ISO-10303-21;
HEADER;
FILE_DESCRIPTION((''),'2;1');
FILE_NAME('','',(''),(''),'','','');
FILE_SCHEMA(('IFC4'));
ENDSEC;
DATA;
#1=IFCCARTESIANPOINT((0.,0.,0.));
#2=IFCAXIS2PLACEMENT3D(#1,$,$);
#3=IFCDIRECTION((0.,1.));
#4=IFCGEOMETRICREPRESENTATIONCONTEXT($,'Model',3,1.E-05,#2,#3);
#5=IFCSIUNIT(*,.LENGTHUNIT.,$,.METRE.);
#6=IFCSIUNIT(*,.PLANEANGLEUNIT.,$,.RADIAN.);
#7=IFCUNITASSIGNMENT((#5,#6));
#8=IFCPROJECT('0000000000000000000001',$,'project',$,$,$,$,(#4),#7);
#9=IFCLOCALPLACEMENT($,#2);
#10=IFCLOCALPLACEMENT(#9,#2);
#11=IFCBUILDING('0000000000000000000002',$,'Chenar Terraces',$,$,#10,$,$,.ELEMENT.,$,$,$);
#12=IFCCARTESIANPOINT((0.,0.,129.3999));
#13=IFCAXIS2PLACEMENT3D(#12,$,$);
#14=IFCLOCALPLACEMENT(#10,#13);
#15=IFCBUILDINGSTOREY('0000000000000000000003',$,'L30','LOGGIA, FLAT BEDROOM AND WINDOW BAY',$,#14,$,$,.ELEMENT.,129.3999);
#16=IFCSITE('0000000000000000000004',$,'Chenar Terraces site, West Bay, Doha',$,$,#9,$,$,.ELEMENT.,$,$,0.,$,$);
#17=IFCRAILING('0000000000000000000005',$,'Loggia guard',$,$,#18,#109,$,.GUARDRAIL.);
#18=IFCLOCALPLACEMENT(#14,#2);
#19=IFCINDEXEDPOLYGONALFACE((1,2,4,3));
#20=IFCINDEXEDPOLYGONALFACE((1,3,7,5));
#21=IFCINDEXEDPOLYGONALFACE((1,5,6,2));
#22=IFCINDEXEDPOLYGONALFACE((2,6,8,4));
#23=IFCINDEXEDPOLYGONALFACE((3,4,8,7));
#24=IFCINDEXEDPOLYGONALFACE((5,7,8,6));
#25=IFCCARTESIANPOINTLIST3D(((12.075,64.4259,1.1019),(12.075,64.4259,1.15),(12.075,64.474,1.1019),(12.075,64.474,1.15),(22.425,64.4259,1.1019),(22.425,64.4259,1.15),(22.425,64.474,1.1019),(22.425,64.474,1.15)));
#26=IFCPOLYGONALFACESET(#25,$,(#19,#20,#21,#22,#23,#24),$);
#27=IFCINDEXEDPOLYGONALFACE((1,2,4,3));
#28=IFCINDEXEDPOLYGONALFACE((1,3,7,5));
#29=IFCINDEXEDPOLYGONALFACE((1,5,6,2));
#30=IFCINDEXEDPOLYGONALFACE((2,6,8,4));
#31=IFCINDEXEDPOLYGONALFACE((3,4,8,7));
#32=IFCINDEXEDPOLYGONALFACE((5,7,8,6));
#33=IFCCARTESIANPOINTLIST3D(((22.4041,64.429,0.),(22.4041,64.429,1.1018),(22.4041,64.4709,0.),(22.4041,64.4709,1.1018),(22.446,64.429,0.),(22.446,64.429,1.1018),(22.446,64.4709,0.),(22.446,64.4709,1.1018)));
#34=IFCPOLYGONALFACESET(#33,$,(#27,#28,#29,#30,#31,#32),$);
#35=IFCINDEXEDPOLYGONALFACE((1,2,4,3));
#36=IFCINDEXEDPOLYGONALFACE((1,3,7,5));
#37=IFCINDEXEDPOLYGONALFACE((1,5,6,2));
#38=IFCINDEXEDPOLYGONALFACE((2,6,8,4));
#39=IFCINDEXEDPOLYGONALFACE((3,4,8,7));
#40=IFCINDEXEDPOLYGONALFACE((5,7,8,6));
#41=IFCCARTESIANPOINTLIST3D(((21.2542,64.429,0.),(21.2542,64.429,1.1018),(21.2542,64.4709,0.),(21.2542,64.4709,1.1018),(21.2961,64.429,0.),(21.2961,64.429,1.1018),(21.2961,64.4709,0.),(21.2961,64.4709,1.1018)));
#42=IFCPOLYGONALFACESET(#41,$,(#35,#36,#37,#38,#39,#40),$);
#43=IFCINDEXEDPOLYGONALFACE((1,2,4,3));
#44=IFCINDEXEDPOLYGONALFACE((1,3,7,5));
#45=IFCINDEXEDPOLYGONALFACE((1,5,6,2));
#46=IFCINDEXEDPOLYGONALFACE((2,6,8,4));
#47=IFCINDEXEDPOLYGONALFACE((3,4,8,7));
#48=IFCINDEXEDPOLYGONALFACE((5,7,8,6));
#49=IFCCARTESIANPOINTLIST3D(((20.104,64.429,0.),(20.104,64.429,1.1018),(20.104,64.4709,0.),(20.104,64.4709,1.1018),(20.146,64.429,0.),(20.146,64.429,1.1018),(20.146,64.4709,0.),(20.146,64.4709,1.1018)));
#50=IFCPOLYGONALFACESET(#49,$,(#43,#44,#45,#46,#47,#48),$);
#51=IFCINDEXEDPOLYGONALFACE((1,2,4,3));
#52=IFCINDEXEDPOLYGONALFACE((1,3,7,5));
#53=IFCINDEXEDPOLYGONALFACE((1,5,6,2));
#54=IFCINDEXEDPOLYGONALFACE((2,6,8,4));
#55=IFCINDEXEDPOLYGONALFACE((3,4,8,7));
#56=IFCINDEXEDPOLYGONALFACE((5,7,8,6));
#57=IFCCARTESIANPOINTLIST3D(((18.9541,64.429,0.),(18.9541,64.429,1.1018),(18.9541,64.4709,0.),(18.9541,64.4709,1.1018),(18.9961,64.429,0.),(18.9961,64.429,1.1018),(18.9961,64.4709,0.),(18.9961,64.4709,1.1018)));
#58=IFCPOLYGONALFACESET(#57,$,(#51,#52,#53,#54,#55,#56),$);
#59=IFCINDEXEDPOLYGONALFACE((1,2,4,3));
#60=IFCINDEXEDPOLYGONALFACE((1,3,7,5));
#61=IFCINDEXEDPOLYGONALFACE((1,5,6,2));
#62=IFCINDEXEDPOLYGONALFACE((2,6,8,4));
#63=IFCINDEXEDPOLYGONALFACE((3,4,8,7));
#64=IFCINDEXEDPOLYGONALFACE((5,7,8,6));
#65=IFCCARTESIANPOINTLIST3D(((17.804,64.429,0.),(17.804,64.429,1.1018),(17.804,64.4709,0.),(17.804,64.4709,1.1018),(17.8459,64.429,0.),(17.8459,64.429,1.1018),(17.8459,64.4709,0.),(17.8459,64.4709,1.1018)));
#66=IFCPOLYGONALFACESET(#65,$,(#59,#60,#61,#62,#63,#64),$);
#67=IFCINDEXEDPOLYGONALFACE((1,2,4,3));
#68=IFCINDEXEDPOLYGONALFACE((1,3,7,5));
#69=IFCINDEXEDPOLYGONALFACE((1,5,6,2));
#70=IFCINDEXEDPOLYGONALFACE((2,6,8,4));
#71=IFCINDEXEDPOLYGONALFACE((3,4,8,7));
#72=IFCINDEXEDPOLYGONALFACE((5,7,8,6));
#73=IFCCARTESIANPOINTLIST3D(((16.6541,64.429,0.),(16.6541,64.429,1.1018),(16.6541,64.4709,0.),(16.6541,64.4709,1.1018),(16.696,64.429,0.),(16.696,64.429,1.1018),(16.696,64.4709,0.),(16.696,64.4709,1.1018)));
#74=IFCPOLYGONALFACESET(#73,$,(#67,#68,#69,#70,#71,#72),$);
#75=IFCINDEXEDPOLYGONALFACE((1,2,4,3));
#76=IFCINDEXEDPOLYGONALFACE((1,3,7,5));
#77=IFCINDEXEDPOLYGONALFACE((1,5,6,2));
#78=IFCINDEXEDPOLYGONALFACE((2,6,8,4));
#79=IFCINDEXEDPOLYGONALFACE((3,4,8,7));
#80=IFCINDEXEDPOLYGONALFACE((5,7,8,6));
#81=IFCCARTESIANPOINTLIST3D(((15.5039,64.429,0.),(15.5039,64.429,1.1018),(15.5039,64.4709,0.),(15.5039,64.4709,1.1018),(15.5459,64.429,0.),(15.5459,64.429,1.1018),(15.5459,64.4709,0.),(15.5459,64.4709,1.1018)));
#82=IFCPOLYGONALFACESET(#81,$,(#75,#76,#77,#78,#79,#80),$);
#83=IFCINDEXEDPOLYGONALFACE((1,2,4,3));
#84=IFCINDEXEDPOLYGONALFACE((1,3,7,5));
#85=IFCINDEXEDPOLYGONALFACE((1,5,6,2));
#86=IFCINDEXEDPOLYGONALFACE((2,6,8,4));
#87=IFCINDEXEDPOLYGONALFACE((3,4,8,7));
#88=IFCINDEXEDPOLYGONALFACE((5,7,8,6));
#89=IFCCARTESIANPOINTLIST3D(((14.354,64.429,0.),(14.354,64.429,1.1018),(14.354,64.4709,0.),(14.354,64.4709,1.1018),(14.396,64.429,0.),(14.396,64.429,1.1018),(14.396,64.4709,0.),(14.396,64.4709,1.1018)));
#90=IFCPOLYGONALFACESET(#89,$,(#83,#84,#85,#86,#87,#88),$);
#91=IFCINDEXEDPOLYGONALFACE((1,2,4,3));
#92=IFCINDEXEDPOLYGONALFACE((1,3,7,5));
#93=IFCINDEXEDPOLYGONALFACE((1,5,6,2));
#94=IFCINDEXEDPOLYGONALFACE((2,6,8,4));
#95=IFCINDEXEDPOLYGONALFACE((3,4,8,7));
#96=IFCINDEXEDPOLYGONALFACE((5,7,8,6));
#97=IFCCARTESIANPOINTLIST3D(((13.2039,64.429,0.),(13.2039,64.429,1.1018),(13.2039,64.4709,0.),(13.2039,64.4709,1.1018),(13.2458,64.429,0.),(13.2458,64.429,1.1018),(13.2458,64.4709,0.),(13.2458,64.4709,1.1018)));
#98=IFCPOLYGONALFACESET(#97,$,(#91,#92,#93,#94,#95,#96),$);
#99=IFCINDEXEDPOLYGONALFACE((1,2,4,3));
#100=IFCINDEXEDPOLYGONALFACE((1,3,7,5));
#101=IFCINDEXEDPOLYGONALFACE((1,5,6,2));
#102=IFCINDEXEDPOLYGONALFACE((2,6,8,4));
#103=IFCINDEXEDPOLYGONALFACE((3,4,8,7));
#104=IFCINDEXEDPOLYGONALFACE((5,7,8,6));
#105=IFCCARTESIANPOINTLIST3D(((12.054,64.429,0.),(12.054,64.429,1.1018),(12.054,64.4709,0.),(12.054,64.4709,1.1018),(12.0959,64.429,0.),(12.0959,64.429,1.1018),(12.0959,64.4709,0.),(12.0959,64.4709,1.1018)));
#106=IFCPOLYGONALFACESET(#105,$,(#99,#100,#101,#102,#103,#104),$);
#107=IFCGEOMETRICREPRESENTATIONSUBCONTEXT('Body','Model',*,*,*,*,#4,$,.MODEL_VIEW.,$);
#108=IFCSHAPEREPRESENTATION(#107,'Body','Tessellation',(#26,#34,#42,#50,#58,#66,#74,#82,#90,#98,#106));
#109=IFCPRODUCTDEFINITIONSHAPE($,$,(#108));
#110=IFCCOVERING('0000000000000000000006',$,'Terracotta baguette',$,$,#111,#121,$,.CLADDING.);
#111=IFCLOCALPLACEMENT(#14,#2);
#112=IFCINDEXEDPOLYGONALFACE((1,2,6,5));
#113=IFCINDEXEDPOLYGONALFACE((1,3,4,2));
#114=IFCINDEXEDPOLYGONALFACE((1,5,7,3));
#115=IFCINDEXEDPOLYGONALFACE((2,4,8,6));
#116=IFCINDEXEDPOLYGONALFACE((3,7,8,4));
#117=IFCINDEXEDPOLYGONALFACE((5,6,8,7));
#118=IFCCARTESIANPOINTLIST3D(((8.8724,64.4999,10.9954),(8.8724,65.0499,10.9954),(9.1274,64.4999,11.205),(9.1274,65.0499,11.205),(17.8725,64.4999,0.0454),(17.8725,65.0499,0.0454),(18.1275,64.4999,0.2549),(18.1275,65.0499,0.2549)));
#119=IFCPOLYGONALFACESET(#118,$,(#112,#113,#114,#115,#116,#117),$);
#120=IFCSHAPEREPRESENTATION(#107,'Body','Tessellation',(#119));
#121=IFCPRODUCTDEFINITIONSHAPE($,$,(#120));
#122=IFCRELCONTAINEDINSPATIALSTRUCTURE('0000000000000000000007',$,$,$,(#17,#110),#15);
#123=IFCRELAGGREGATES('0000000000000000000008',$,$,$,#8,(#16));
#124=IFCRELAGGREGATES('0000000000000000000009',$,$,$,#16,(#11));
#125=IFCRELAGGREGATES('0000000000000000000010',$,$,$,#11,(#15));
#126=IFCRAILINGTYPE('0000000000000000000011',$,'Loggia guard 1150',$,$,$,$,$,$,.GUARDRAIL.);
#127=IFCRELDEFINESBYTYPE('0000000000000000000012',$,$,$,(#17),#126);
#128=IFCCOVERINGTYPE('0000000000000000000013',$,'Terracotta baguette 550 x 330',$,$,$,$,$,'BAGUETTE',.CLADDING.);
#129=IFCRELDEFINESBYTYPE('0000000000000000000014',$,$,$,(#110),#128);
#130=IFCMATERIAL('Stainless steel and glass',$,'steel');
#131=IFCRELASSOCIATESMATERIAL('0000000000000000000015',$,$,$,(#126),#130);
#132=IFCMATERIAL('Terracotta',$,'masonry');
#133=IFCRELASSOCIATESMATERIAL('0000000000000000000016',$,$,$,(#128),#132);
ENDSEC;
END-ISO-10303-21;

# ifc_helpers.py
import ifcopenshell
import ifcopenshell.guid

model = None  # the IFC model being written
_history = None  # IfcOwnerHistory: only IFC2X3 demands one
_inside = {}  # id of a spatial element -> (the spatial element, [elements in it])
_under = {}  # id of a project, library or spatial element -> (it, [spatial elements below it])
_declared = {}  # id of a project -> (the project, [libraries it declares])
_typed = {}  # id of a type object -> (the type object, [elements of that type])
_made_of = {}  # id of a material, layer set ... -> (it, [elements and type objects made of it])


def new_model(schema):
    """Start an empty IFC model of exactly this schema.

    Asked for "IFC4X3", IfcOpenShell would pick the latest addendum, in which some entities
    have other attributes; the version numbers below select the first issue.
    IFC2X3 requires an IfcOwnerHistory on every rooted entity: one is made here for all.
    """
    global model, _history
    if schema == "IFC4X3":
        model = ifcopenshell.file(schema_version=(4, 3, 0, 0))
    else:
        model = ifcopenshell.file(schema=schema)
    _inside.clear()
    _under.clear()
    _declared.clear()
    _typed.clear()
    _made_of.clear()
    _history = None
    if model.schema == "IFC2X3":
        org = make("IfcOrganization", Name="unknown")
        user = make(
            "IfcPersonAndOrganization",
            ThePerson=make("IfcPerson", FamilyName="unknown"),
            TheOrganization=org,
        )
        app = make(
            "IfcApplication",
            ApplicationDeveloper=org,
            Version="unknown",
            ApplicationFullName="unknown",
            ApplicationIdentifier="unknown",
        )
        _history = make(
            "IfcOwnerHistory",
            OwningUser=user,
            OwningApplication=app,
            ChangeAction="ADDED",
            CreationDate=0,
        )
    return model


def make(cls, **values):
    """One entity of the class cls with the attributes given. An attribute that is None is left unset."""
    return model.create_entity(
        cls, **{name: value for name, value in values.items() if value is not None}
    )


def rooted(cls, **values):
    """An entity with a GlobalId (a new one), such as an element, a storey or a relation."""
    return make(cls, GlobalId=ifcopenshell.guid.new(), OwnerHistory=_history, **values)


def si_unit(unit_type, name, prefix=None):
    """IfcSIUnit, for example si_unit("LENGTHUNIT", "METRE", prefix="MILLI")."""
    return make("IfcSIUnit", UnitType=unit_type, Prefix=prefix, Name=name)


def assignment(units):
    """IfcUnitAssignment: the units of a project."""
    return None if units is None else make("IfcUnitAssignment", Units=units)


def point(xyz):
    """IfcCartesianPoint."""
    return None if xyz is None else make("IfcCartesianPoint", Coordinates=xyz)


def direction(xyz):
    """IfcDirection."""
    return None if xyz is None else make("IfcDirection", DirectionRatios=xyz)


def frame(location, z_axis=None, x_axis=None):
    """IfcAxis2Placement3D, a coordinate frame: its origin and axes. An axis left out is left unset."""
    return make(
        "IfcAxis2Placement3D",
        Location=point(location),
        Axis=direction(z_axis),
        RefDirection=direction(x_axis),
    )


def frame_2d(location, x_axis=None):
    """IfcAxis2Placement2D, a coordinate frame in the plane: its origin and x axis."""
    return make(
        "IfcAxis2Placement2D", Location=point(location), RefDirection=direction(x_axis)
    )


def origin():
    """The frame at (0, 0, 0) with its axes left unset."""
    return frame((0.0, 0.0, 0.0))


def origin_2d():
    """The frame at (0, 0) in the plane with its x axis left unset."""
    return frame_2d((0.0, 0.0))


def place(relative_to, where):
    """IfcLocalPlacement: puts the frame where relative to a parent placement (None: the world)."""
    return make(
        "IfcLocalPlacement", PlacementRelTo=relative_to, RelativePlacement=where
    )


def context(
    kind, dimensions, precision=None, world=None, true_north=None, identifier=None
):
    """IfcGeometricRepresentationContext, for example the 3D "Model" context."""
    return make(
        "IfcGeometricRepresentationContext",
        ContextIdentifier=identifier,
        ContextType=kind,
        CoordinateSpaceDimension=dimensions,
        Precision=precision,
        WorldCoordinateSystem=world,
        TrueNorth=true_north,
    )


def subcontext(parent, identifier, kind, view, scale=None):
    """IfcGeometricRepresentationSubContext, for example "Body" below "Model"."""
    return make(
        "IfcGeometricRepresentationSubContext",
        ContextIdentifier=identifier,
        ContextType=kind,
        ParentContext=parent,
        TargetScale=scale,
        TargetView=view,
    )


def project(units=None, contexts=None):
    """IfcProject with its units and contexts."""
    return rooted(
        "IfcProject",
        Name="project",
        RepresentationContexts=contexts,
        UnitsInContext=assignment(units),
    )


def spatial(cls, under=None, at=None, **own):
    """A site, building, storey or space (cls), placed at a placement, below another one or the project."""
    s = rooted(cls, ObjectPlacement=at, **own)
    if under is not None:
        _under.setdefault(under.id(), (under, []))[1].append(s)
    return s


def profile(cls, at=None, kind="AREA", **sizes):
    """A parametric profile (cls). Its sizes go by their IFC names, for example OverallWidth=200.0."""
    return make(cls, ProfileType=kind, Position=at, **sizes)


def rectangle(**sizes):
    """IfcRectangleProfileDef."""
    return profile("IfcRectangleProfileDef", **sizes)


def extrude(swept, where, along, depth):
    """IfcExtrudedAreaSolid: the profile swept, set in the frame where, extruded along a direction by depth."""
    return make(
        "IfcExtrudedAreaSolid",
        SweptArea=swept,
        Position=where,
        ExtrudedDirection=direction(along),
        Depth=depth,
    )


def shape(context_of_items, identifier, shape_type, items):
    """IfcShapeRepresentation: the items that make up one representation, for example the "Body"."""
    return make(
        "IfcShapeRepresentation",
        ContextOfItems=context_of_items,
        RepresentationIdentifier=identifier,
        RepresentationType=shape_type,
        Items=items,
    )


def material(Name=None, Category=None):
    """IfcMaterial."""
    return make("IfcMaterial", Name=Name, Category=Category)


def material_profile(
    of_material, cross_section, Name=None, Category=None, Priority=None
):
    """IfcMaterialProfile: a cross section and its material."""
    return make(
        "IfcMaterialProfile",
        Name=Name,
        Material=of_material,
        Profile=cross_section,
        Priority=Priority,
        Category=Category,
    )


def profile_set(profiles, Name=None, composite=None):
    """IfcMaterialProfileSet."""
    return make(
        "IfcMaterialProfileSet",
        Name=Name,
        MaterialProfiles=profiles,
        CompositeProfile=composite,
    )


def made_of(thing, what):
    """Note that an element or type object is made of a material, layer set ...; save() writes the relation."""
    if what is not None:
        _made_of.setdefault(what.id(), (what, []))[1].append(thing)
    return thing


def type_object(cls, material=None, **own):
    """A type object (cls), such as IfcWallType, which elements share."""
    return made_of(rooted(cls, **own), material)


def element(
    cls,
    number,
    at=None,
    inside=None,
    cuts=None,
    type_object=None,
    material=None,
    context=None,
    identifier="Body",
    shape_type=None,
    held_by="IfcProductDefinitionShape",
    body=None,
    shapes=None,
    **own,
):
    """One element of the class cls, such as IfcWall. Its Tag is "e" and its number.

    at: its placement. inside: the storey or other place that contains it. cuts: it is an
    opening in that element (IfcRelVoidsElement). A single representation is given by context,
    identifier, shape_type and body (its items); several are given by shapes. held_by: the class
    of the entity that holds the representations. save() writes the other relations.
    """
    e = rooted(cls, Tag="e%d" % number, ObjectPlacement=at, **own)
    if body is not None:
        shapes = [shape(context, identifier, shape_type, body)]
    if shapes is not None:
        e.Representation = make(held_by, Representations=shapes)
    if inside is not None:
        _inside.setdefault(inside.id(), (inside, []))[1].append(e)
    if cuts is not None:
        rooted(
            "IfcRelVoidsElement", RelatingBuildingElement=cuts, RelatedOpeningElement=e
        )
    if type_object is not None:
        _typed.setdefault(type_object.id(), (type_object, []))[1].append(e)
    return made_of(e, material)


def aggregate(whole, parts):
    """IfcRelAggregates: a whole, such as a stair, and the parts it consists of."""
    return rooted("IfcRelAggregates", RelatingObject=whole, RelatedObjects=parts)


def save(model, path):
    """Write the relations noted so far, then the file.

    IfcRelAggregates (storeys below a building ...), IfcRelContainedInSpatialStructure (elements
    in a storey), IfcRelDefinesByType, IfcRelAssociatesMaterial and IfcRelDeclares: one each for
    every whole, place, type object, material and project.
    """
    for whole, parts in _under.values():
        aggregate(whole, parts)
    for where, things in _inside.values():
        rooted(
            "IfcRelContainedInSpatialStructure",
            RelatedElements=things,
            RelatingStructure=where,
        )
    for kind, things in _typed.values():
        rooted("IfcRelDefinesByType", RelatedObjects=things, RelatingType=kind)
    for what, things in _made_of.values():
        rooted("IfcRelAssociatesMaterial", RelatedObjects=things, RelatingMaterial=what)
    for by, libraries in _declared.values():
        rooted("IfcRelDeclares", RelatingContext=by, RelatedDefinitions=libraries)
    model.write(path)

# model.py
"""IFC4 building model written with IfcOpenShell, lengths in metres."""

from ifc_helpers import new_model, si_unit, direction, frame, origin, origin_2d, place, context, subcontext, project, spatial, rectangle, extrude, material, material_profile, profile_set, type_object, element, save


model = new_model("IFC4")

# Units and contexts
model_context = context("Model", 3, precision=1e-05, world=origin(), true_north=direction((0.0, 1.0)))
body_context = subcontext(model_context, "Body", "Model", "MODEL_VIEW")
ifc_project = project(units=[si_unit("LENGTHUNIT", "METRE"), si_unit("PLANEANGLEUNIT", "RADIAN")], contexts=[model_context])

# Site, building, storey
site_placement = place(None, origin())
site = spatial("IfcSite", under=ifc_project, at=site_placement, Name="Chenar Terraces site, West Bay, Doha", CompositionType="ELEMENT", RefElevation=0.0)
building_placement = place(site_placement, origin())
building = spatial("IfcBuilding", under=site, at=building_placement, Name="Chenar Terraces", CompositionType="ELEMENT")
storey_placement = place(building_placement, frame((0.0, 0.0, 129.3999)))
storey = spatial("IfcBuildingStorey", under=building, at=storey_placement, Name="L30", Description="LOGGIA, FLAT BEDROOM AND WINDOW BAY", CompositionType="ELEMENT", Elevation=129.3999)

# Railing
ifc_material_1 = material(Name="Stainless steel and glass", Category="steel")
railing_type = type_object("IfcRailingType", Name="Loggia guard 1150", PredefinedType="GUARDRAIL", material=ifc_material_1)
railing_placement = place(storey_placement, frame((22.425, 64.45, 0.0)))
element("IfcRailing", 1, at=railing_placement, inside=storey, type_object=railing_type, Name="Loggia guard", PredefinedType="GUARDRAIL", context=body_context, shape_type="SweptSolid", body=[
    extrude(rectangle(XDim=0.0481, YDim=0.0481, at=origin_2d()), frame((0.0, 0.0, 1.126), z_axis=(-1.0, 0.0, 0.0), x_axis=(0.0, -1.0, 0.0)), (0.0, 0.0, 1.0), 10.3501),
    extrude(rectangle(XDim=0.042, YDim=0.042, at=origin_2d()), origin(), (0.0, 0.0, 1.0), 1.1018),
    extrude(rectangle(XDim=0.042, YDim=0.042, at=origin_2d()), frame((-1.1499, 0.0, 0.0)), (0.0, 0.0, 1.0), 1.1018),
    extrude(rectangle(XDim=0.042, YDim=0.042, at=origin_2d()), frame((-2.3, 0.0, 0.0)), (0.0, 0.0, 1.0), 1.1018),
    extrude(rectangle(XDim=0.042, YDim=0.042, at=origin_2d()), frame((-3.45, 0.0, 0.0)), (0.0, 0.0, 1.0), 1.1018),
    extrude(rectangle(XDim=0.042, YDim=0.042, at=origin_2d()), frame((-4.6001, 0.0, 0.0)), (0.0, 0.0, 1.0), 1.1018),
    extrude(rectangle(XDim=0.042, YDim=0.042, at=origin_2d()), frame((-5.75, 0.0, 0.0)), (0.0, 0.0, 1.0), 1.1018),
    extrude(rectangle(XDim=0.042, YDim=0.042, at=origin_2d()), frame((-6.9001, 0.0, 0.0)), (0.0, 0.0, 1.0), 1.1018),
    extrude(rectangle(XDim=0.042, YDim=0.042, at=origin_2d()), frame((-8.05, 0.0, 0.0)), (0.0, 0.0, 1.0), 1.1018),
    extrude(rectangle(XDim=0.042, YDim=0.042, at=origin_2d()), frame((-9.2002, 0.0, 0.0)), (0.0, 0.0, 1.0), 1.1018),
    extrude(rectangle(XDim=0.042, YDim=0.042, at=origin_2d()), frame((-10.3501, 0.0, 0.0)), (0.0, 0.0, 1.0), 1.1018),
])

# Covering
ifc_material_2 = material(Name="Terracotta", Category="masonry")
ifc_material_profile = material_profile(ifc_material_2, rectangle(XDim=0.55, YDim=0.3301, at=origin_2d()), Name="Terracotta baguette 550 x 330")
ifc_profile_set = profile_set([ifc_material_profile], Name="Terracotta")
covering_type = type_object("IfcCoveringType", Name="Terracotta baguette 550 x 330", ElementType="BAGUETTE", PredefinedType="CLADDING", material=ifc_profile_set)
covering_placement = place(storey_placement, frame((18.0, 64.7749, 0.1501), z_axis=(-0.634967, 0.0, 0.772539), x_axis=(0.0, -1.0, 0.0)))
element("IfcCovering", 2, at=covering_placement, inside=storey, type_object=covering_type, Name="Terracotta baguette", PredefinedType="CLADDING", context=body_context, shape_type="SweptSolid", body=[
    extrude(rectangle(XDim=0.55, YDim=0.3301, at=origin_2d()), origin(), (0.0, 0.0, 1.0), 14.1741),
])

save(model, "model.ifc")
